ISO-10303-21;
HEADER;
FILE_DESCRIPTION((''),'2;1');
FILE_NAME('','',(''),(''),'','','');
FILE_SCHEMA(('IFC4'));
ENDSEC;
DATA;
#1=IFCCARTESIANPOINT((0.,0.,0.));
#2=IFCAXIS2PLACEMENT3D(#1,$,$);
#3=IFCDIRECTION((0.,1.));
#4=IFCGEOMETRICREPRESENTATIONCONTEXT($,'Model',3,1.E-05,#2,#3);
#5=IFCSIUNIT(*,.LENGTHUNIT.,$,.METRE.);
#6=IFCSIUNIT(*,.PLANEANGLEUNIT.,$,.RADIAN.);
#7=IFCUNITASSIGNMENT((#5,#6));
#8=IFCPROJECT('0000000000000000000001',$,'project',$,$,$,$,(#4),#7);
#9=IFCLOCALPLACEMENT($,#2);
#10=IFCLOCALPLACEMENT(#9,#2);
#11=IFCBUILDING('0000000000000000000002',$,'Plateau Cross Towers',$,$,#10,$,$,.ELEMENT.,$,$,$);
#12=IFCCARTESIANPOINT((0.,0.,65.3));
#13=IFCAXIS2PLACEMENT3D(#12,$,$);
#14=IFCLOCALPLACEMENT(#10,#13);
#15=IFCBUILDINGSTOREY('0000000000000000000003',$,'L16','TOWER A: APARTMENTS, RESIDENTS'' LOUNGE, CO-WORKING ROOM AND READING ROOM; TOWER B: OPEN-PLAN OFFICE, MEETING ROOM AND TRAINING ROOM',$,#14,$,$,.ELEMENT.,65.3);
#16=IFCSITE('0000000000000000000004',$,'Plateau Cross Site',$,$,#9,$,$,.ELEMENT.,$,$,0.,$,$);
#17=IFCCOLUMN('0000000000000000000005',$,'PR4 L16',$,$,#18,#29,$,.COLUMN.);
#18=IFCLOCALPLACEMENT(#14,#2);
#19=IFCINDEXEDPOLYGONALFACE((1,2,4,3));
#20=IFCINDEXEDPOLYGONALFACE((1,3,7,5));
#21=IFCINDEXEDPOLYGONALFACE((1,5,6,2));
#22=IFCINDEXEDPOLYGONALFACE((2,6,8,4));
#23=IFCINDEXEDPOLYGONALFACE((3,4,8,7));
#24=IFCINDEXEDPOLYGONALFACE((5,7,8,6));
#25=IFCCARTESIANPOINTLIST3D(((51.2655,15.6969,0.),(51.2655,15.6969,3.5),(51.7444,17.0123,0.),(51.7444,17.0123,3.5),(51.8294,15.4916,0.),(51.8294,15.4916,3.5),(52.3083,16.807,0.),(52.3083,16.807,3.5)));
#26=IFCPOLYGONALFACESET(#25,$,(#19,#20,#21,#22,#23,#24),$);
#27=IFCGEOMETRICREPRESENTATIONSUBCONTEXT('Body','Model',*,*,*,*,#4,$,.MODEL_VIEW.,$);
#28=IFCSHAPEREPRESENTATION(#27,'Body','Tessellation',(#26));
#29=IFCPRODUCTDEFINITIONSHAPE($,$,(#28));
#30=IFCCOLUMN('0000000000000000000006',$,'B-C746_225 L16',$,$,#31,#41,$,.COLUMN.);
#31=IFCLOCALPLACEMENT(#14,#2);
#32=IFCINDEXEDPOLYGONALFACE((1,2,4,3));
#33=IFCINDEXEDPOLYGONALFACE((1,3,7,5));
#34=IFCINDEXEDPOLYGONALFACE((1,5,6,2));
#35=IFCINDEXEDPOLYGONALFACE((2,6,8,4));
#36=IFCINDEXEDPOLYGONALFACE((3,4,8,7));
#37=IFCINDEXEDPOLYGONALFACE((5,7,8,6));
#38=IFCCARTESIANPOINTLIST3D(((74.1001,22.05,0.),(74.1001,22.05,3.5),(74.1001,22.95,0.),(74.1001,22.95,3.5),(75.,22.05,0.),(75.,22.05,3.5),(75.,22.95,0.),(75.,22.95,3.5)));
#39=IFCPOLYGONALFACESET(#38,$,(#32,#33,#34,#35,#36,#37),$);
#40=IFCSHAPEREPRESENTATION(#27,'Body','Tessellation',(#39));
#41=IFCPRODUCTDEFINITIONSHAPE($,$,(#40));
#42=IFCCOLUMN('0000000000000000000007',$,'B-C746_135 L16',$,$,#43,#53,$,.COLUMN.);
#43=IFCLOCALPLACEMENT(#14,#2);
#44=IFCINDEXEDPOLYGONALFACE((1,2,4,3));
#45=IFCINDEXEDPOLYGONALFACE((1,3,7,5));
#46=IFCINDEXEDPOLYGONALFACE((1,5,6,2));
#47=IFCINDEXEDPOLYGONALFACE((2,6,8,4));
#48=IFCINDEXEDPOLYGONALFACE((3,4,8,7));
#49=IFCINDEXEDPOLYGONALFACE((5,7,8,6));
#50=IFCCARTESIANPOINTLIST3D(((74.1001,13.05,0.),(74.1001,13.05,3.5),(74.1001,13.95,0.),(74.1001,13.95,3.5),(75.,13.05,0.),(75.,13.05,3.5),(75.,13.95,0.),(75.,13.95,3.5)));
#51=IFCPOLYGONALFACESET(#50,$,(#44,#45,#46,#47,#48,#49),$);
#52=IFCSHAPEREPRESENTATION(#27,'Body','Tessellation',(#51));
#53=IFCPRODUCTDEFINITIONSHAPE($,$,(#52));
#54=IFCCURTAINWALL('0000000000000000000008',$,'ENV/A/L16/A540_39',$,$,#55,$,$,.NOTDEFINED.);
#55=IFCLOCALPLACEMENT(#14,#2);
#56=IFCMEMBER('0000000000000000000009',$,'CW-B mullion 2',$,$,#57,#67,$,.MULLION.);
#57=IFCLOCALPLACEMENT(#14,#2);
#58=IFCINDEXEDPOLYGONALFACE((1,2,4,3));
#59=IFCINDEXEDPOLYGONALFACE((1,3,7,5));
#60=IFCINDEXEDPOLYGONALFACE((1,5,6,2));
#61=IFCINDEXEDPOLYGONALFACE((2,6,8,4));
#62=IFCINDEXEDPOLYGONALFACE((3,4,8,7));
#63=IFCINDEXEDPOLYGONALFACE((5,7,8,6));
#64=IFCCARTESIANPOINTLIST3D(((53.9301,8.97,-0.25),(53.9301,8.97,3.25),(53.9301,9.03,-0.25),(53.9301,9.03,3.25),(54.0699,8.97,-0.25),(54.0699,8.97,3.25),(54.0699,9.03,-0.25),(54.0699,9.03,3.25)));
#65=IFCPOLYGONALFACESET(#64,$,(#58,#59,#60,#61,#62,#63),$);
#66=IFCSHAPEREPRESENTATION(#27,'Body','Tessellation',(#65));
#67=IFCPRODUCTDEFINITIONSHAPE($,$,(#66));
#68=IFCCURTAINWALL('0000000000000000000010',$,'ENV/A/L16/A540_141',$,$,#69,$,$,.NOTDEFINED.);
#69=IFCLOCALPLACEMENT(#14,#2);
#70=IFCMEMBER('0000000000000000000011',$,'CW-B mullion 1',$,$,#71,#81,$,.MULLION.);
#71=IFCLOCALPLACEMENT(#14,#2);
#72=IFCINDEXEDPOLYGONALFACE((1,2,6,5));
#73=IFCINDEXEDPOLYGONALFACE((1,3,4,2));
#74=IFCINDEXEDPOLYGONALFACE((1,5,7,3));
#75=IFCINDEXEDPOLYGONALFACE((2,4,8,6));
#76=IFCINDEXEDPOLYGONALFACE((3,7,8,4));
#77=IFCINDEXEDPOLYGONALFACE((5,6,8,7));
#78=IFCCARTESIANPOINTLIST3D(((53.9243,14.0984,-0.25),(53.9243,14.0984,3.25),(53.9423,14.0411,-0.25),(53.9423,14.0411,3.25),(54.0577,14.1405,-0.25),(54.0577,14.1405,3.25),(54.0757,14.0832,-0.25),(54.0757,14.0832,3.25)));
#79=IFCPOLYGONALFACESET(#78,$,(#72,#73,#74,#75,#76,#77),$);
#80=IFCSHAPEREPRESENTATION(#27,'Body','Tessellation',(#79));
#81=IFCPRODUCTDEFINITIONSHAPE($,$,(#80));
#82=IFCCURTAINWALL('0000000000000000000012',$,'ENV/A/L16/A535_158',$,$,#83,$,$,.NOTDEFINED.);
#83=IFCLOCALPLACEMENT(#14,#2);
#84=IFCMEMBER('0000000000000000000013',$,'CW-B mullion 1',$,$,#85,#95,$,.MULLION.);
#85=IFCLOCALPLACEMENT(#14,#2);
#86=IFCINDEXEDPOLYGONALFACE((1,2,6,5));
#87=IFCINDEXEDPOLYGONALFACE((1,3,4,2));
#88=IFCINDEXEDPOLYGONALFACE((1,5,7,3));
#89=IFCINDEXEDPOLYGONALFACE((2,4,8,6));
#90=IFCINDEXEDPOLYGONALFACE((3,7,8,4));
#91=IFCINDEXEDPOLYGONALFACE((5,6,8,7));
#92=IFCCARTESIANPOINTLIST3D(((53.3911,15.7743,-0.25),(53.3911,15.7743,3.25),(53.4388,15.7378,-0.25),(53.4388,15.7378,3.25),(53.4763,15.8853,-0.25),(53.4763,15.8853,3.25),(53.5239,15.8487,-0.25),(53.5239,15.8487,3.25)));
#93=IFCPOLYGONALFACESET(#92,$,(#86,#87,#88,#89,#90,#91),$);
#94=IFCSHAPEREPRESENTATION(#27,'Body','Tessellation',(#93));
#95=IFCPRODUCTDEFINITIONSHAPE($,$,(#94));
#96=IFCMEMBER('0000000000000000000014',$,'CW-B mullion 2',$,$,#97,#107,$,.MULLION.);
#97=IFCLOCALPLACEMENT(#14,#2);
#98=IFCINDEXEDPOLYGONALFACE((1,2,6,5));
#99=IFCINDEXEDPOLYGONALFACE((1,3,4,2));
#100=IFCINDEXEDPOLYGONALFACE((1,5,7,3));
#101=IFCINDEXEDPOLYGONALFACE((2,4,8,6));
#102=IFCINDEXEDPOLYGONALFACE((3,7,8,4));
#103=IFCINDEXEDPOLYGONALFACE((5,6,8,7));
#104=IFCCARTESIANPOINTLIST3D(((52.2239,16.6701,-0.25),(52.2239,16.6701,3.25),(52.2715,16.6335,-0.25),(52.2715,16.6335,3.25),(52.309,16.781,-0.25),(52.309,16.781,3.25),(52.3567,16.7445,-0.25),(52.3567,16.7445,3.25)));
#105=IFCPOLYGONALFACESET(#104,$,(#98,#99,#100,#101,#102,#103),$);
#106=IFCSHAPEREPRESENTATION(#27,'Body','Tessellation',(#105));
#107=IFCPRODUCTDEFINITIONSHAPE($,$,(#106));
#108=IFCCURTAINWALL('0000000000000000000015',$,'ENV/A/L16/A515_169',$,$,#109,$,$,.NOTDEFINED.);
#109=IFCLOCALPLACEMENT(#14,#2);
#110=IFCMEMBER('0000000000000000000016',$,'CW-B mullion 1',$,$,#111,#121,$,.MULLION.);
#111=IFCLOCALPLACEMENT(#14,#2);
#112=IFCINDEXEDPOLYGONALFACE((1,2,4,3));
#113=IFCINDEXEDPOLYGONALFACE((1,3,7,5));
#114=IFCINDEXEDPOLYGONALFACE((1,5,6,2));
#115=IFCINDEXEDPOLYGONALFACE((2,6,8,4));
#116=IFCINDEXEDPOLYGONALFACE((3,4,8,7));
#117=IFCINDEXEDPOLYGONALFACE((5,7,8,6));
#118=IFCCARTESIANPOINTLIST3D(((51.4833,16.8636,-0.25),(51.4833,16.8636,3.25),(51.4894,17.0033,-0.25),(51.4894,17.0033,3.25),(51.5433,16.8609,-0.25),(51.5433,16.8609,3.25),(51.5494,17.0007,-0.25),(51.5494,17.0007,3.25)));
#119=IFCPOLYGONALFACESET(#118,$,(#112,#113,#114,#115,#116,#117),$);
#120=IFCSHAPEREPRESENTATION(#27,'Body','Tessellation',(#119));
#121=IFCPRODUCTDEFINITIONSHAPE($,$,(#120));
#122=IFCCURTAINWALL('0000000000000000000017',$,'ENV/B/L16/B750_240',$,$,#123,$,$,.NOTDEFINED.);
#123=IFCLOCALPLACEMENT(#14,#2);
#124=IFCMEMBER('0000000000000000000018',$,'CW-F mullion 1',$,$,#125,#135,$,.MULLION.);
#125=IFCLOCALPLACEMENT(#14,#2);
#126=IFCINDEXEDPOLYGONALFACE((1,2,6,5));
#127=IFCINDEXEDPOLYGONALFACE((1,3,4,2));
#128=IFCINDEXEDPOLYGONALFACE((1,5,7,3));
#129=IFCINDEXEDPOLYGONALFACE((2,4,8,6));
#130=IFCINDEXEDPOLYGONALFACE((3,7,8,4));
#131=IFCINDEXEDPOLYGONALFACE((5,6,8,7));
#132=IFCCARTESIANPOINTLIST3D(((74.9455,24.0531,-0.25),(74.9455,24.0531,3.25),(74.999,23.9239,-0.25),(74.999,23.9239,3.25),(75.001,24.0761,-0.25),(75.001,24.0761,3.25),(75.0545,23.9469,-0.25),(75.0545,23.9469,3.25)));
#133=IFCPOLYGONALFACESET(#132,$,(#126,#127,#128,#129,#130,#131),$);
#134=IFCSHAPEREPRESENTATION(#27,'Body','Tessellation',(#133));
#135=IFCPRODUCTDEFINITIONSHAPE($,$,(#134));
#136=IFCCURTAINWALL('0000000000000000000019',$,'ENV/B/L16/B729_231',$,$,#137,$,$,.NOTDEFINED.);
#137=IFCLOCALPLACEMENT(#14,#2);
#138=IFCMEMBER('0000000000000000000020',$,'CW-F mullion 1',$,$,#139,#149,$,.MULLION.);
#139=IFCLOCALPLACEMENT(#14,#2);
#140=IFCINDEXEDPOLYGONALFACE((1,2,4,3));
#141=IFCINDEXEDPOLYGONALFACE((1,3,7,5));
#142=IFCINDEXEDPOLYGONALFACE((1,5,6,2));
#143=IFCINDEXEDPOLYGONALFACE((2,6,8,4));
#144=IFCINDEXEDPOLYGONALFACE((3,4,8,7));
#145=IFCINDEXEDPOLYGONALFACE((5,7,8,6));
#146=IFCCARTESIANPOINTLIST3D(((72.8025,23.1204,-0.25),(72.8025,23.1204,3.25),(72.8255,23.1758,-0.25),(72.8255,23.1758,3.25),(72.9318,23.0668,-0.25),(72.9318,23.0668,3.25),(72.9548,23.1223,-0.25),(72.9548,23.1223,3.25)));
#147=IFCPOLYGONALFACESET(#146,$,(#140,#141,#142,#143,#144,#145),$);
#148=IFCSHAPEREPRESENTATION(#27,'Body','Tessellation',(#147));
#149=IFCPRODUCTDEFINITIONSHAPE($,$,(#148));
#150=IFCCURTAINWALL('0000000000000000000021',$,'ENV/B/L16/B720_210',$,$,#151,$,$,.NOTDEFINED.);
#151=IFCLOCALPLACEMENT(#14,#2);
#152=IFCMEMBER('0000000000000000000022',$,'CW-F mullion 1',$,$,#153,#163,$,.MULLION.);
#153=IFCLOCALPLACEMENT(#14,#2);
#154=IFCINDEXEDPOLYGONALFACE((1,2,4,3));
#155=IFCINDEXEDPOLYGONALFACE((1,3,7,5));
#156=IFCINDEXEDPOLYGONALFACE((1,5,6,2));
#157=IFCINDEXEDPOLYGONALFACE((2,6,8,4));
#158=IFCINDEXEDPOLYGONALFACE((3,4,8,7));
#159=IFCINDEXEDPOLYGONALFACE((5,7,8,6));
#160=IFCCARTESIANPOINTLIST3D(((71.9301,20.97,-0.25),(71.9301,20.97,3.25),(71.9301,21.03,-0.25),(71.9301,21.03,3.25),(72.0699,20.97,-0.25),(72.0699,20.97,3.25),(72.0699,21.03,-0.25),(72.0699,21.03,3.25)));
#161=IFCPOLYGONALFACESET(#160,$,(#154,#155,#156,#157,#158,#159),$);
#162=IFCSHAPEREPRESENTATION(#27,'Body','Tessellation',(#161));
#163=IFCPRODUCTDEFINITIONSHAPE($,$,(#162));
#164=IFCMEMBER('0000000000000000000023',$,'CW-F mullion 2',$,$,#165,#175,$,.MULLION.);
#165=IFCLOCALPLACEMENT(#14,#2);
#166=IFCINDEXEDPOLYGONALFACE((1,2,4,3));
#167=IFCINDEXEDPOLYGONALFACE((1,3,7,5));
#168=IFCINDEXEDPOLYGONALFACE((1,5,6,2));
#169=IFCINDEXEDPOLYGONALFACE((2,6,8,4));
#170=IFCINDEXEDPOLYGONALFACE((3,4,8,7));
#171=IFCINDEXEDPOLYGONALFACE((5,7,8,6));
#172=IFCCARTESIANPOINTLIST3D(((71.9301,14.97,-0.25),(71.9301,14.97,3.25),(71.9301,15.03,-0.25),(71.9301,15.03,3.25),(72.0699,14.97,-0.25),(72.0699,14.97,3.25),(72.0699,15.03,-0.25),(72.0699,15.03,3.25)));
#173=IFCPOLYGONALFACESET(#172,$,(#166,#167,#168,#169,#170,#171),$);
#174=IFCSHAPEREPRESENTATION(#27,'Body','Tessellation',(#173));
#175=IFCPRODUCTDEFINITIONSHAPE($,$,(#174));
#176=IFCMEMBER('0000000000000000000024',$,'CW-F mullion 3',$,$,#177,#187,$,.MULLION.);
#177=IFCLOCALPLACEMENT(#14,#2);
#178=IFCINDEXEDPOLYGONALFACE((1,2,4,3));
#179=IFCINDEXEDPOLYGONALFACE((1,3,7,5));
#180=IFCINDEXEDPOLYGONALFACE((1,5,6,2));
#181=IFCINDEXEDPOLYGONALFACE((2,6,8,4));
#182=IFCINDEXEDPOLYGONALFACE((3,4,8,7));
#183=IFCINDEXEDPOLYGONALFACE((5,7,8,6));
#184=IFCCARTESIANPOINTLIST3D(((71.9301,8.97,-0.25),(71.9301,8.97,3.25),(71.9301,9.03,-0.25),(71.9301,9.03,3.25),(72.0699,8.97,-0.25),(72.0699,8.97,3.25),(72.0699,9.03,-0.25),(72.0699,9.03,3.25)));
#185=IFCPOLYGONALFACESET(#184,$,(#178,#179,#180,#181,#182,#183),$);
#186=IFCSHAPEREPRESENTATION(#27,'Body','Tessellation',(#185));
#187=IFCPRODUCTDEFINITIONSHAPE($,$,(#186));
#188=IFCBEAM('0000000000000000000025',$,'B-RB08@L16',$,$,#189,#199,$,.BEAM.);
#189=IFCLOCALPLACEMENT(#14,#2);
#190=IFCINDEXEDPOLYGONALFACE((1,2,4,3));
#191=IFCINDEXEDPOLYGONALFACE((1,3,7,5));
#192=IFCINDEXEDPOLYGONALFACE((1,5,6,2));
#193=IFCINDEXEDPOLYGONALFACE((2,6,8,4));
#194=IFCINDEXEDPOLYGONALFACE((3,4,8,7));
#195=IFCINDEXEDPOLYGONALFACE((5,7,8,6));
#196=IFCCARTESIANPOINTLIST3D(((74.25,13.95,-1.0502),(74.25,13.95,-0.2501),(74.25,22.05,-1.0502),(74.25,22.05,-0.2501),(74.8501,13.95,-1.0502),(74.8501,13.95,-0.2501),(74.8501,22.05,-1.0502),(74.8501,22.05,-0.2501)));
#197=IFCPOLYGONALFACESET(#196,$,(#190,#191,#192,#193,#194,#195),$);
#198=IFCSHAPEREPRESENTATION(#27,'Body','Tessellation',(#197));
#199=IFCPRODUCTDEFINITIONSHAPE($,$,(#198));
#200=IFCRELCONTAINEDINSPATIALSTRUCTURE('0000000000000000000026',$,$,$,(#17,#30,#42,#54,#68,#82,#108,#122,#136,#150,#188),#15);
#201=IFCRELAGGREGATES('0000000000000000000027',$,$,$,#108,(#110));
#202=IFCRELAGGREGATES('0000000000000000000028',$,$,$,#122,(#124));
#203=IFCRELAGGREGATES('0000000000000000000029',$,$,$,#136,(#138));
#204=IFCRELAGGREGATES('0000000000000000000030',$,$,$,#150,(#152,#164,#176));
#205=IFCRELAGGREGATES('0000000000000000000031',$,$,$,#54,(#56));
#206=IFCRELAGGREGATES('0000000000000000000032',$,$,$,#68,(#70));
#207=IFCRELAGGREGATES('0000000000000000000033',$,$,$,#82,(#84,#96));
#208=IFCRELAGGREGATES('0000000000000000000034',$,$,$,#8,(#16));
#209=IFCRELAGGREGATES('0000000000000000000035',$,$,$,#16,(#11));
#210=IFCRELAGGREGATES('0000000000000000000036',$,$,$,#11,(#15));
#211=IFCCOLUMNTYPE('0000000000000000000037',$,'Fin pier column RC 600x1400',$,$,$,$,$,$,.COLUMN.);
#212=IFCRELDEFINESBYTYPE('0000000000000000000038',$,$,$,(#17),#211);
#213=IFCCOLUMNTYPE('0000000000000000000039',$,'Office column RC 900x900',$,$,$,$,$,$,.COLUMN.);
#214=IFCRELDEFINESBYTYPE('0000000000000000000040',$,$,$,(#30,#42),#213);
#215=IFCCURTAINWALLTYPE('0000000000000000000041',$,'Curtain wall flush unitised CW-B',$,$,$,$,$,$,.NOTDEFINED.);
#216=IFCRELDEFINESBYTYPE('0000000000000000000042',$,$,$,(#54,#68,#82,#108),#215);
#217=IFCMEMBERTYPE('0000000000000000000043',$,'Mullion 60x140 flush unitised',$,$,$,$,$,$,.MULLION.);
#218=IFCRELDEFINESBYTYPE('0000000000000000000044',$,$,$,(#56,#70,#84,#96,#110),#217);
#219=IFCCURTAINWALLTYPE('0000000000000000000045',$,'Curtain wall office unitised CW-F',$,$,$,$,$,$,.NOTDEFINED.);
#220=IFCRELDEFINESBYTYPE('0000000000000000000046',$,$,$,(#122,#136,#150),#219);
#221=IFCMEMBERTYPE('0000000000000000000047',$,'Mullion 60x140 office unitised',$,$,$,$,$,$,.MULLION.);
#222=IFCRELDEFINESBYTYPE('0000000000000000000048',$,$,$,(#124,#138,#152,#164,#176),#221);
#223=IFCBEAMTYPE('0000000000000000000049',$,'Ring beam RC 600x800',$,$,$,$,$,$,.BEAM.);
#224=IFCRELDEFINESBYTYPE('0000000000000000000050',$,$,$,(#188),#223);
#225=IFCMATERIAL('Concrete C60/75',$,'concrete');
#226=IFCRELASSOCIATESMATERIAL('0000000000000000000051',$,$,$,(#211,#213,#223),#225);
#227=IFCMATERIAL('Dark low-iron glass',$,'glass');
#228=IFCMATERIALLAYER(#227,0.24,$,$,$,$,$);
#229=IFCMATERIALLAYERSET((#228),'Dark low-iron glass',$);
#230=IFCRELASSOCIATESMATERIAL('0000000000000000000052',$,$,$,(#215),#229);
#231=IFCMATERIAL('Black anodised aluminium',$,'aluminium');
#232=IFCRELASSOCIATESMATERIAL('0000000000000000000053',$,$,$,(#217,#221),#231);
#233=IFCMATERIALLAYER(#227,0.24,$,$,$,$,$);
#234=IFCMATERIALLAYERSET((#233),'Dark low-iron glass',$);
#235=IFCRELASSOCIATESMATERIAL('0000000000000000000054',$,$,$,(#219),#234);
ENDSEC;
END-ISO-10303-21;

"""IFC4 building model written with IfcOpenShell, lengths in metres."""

from ifc_helpers import new_model, si_unit, direction, frame, origin, origin_2d, place, context, subcontext, project, spatial, rectangle, extrude, material, layer, layer_set, material_profile, profile_set, type_object, element, aggregate, save


model = new_model("IFC4")

# Units and contexts
model_context = context("Model", 3, precision=1e-05, world=origin(), true_north=direction((0.0, 1.0)))
body_context = subcontext(model_context, "Body", "Model", "MODEL_VIEW")
ifc_project = project(units=[si_unit("LENGTHUNIT", "METRE"), si_unit("PLANEANGLEUNIT", "RADIAN")], contexts=[model_context])

# Site, building, storey
site_placement = place(None, origin())
site = spatial("IfcSite", under=ifc_project, at=site_placement, Name="Plateau Cross Site", CompositionType="ELEMENT", RefElevation=0.0)
building_placement = place(site_placement, origin())
building = spatial("IfcBuilding", under=site, at=building_placement, Name="Plateau Cross Towers", CompositionType="ELEMENT")
storey_placement = place(building_placement, frame((0.0, 0.0, 65.3)))
storey = spatial("IfcBuildingStorey", under=building, at=storey_placement, Name="L16", Description="TOWER A: APARTMENTS, RESIDENTS' LOUNGE, CO-WORKING ROOM AND READING ROOM; TOWER B: OPEN-PLAN OFFICE, MEETING ROOM AND TRAINING ROOM", CompositionType="ELEMENT", Elevation=65.3)

# Columns
ifc_material_1 = material(Name="Concrete C60/75", Category="concrete")
ifc_material_profile_1 = material_profile(ifc_material_1, rectangle(XDim=0.6001, YDim=1.3999, at=origin_2d()), Name="RC 600x1400")
ifc_profile_set_1 = profile_set([ifc_material_profile_1], Name="Concrete C60/75")
column_type_1 = type_object("IfcColumnType", Name="Fin pier column RC 600x1400", PredefinedType="COLUMN", material=ifc_profile_set_1)
column_placement = place(storey_placement, frame((51.7869, 16.252, 0.0), z_axis=(0.0, 0.0, 1.0), x_axis=(-0.939664, 0.342098, 0.0)))
element("IfcColumn", 1, at=column_placement, inside=storey, type_object=column_type_1, Name="PR4 L16", PredefinedType="COLUMN", context=body_context, shape_type="SweptSolid", body=[
    extrude(rectangle(XDim=0.6001, YDim=1.3999, at=origin_2d()), origin(), (0.0, 0.0, 1.0), 3.5),
])
ifc_material_profile_2 = material_profile(ifc_material_1, rectangle(XDim=0.8999, YDim=0.8999, at=origin_2d()), Name="RC 900x900")
ifc_profile_set_2 = profile_set([ifc_material_profile_2], Name="Concrete C60/75")
column_type_2 = type_object("IfcColumnType", Name="Office column RC 900x900", PredefinedType="COLUMN", material=ifc_profile_set_2)
for number, where, z_axis, x_axis, name in (
    (2, (74.55, 22.5, 0.0), (0.0, 0.0, 1.0), (1.0, 0.0, 0.0), "B-C746_225 L16"),
    (3, (74.55, 13.5, 0.0), (0.0, 0.0, 1.0), (1.0, 0.0, 0.0), "B-C746_135 L16"),
):
    element("IfcColumn", number, at=place(storey_placement, frame(where, z_axis=z_axis, x_axis=x_axis)), inside=storey, type_object=column_type_2, Name=name, PredefinedType="COLUMN", context=body_context, shape_type="SweptSolid", body=[
        extrude(rectangle(XDim=0.8999, YDim=0.8999, at=origin_2d()), origin(), (0.0, 0.0, 1.0), 3.5),
    ])

# Curtain walls, members
ifc_material_2 = material(Name="Dark low-iron glass", Category="glass")
ifc_layer_1 = layer(ifc_material_2, 0.24)
ifc_layer_set_1 = layer_set([ifc_layer_1], Name="Dark low-iron glass")
curtain_wall_type_1 = type_object("IfcCurtainWallType", Name="Curtain wall flush unitised CW-B", PredefinedType="NOTDEFINED", material=ifc_layer_set_1)
curtain_wall_1_placement = place(storey_placement, origin())
curtain_wall_1 = element("IfcCurtainWall", 4, at=curtain_wall_1_placement, inside=storey, type_object=curtain_wall_type_1, Name="ENV/A/L16/A540_39", PredefinedType="NOTDEFINED")
ifc_material_3 = material(Name="Black anodised aluminium", Category="aluminium")
ifc_material_profile_3 = material_profile(ifc_material_3, rectangle(XDim=0.0601, YDim=0.1399, at=origin_2d()), Name="MULLION 60x140")
ifc_profile_set_3 = profile_set([ifc_material_profile_3], Name="Black anodised aluminium")
member_type_1 = type_object("IfcMemberType", Name="Mullion 60x140 flush unitised", PredefinedType="MULLION", material=ifc_profile_set_3)
member_1_placement = place(storey_placement, frame((54.0, 9.0, -0.25), z_axis=(0.0, 0.0, 1.0), x_axis=(0.0, 1.0, 0.0)))
member_1 = element("IfcMember", 5, at=member_1_placement, type_object=member_type_1, Name="CW-B mullion 2", PredefinedType="MULLION", context=body_context, shape_type="SweptSolid", body=[
    extrude(rectangle(XDim=0.0601, YDim=0.1399, at=origin_2d()), origin(), (0.0, 0.0, 1.0), 3.5),
])
curtain_wall_2_placement = place(storey_placement, origin())
curtain_wall_2 = element("IfcCurtainWall", 6, at=curtain_wall_2_placement, inside=storey, type_object=curtain_wall_type_1, Name="ENV/A/L16/A540_141", PredefinedType="NOTDEFINED")
member_2_placement = place(storey_placement, frame((54.0, 14.0908, -0.25), z_axis=(0.0, 0.0, 1.0), x_axis=(-0.300686, 0.953723, 0.0)))
member_2 = element("IfcMember", 7, at=member_2_placement, type_object=member_type_1, Name="CW-B mullion 1", PredefinedType="MULLION", context=body_context, shape_type="SweptSolid", body=[
    extrude(rectangle(XDim=0.0601, YDim=0.1399, at=origin_2d()), origin(), (0.0, 0.0, 1.0), 3.5),
])

# Curtain wall, members
curtain_wall_3_placement = place(storey_placement, origin())
curtain_wall_3 = element("IfcCurtainWall", 8, at=curtain_wall_3_placement, inside=storey, type_object=curtain_wall_type_1, Name="ENV/A/L16/A535_158", PredefinedType="NOTDEFINED")
member_3_placement = place(storey_placement, frame((53.4575, 15.8115, -0.25), z_axis=(0.0, 0.0, 1.0), x_axis=(-0.793316, 0.608811, 0.0)))
member_3 = element("IfcMember", 9, at=member_3_placement, type_object=member_type_1, Name="CW-B mullion 1", PredefinedType="MULLION", context=body_context, shape_type="SweptSolid", body=[
    extrude(rectangle(XDim=0.0601, YDim=0.1399, at=origin_2d()), origin(), (0.0, 0.0, 1.0), 3.5),
])
member_4_placement = place(storey_placement, frame((52.2903, 16.7073, -0.25), z_axis=(0.0, 0.0, 1.0), x_axis=(-0.793316, 0.608811, 0.0)))
member_4 = element("IfcMember", 10, at=member_4_placement, type_object=member_type_1, Name="CW-B mullion 2", PredefinedType="MULLION", context=body_context, shape_type="SweptSolid", body=[
    extrude(rectangle(XDim=0.0601, YDim=0.1399, at=origin_2d()), origin(), (0.0, 0.0, 1.0), 3.5),
])

# Curtain walls, members
curtain_wall_4_placement = place(storey_placement, origin())
curtain_wall_4 = element("IfcCurtainWall", 11, at=curtain_wall_4_placement, inside=storey, type_object=curtain_wall_type_1, Name="ENV/A/L16/A515_169", PredefinedType="NOTDEFINED")
member_5_placement = place(storey_placement, frame((51.5164, 16.9321, -0.25), z_axis=(0.0, 0.0, 1.0), x_axis=(-0.999044, 0.043723, 0.0)))
member_5 = element("IfcMember", 12, at=member_5_placement, type_object=member_type_1, Name="CW-B mullion 1", PredefinedType="MULLION", context=body_context, shape_type="SweptSolid", body=[
    extrude(rectangle(XDim=0.0601, YDim=0.1399, at=origin_2d()), origin(), (0.0, 0.0, 1.0), 3.5),
])
ifc_layer_2 = layer(ifc_material_2, 0.24)
ifc_layer_set_2 = layer_set([ifc_layer_2], Name="Dark low-iron glass")
curtain_wall_type_2 = type_object("IfcCurtainWallType", Name="Curtain wall office unitised CW-F", PredefinedType="NOTDEFINED", material=ifc_layer_set_2)
curtain_wall_5_placement = place(storey_placement, origin())
curtain_wall_5 = element("IfcCurtainWall", 13, at=curtain_wall_5_placement, inside=storey, type_object=curtain_wall_type_2, Name="ENV/B/L16/B750_240", PredefinedType="NOTDEFINED")
ifc_material_profile_4 = material_profile(ifc_material_3, rectangle(XDim=0.0601, YDim=0.1399, at=origin_2d()), Name="MULLION 60x140")
ifc_profile_set_4 = profile_set([ifc_material_profile_4], Name="Black anodised aluminium")
member_type_2 = type_object("IfcMemberType", Name="Mullion 60x140 office unitised", PredefinedType="MULLION", material=ifc_profile_set_4)
member_6_placement = place(storey_placement, frame((75.0, 24.0, -0.25), z_axis=(0.0, 0.0, 1.0), x_axis=(-0.923879, -0.382684, 0.0)))
member_6 = element("IfcMember", 14, at=member_6_placement, type_object=member_type_2, Name="CW-F mullion 1", PredefinedType="MULLION", context=body_context, shape_type="SweptSolid", body=[
    extrude(rectangle(XDim=0.0601, YDim=0.1399, at=origin_2d()), origin(), (0.0, 0.0, 1.0), 3.5),
])
curtain_wall_6_placement = place(storey_placement, origin())
curtain_wall_6 = element("IfcCurtainWall", 15, at=curtain_wall_6_placement, inside=storey, type_object=curtain_wall_type_2, Name="ENV/B/L16/B729_231", PredefinedType="NOTDEFINED")
member_7_placement = place(storey_placement, frame((72.8787, 23.1213, -0.25), z_axis=(0.0, 0.0, 1.0), x_axis=(-0.382684, -0.923879, 0.0)))
member_7 = element("IfcMember", 16, at=member_7_placement, type_object=member_type_2, Name="CW-F mullion 1", PredefinedType="MULLION", context=body_context, shape_type="SweptSolid", body=[
    extrude(rectangle(XDim=0.0601, YDim=0.1399, at=origin_2d()), origin(), (0.0, 0.0, 1.0), 3.5),
])

# Curtain wall, members
curtain_wall_7_placement = place(storey_placement, origin())
curtain_wall_7 = element("IfcCurtainWall", 17, at=curtain_wall_7_placement, inside=storey, type_object=curtain_wall_type_2, Name="ENV/B/L16/B720_210", PredefinedType="NOTDEFINED")
member_8_placement = place(storey_placement, frame((72.0, 21.0, -0.25), z_axis=(0.0, 0.0, 1.0), x_axis=(0.0, -1.0, 0.0)))
member_8 = element("IfcMember", 18, at=member_8_placement, type_object=member_type_2, Name="CW-F mullion 1", PredefinedType="MULLION", context=body_context, shape_type="SweptSolid", body=[
    extrude(rectangle(XDim=0.0601, YDim=0.1399, at=origin_2d()), origin(), (0.0, 0.0, 1.0), 3.5),
])
member_9_placement = place(storey_placement, frame((72.0, 15.0, -0.25), z_axis=(0.0, 0.0, 1.0), x_axis=(0.0, -1.0, 0.0)))
member_9 = element("IfcMember", 19, at=member_9_placement, type_object=member_type_2, Name="CW-F mullion 2", PredefinedType="MULLION", context=body_context, shape_type="SweptSolid", body=[
    extrude(rectangle(XDim=0.0601, YDim=0.1399, at=origin_2d()), origin(), (0.0, 0.0, 1.0), 3.5),
])
member_10_placement = place(storey_placement, frame((72.0, 9.0, -0.25), z_axis=(0.0, 0.0, 1.0), x_axis=(0.0, -1.0, 0.0)))
member_10 = element("IfcMember", 20, at=member_10_placement, type_object=member_type_2, Name="CW-F mullion 3", PredefinedType="MULLION", context=body_context, shape_type="SweptSolid", body=[
    extrude(rectangle(XDim=0.0601, YDim=0.1399, at=origin_2d()), origin(), (0.0, 0.0, 1.0), 3.5),
])

# Beam
ifc_material_profile_5 = material_profile(ifc_material_1, rectangle(XDim=0.6001, YDim=0.8, at=origin_2d()), Name="RC 600x800")
ifc_profile_set_5 = profile_set([ifc_material_profile_5], Name="Concrete C60/75")
beam_type = type_object("IfcBeamType", Name="Ring beam RC 600x800", PredefinedType="BEAM", material=ifc_profile_set_5)
for number, where, z_axis, x_axis, name in (
    (21, (74.55, 22.05, -0.6501), (0.0, -1.0, 0.0), (1.0, 0.0, 0.0), "B-RB08@L16"),
):
    element("IfcBeam", number, at=place(storey_placement, frame(where, z_axis=z_axis, x_axis=x_axis)), inside=storey, type_object=beam_type, Name=name, PredefinedType="BEAM", context=body_context, shape_type="SweptSolid", body=[
        extrude(rectangle(XDim=0.6001, YDim=0.8, at=origin_2d()), origin(), (0.0, 0.0, 1.0), 8.1001),
    ])

aggregate(curtain_wall_4, [member_5])

aggregate(curtain_wall_5, [member_6])
aggregate(curtain_wall_6, [member_7])
aggregate(curtain_wall_7, [member_8, member_9, member_10])
aggregate(curtain_wall_1, [member_1])
aggregate(curtain_wall_2, [member_2])
aggregate(curtain_wall_3, [member_3, member_4])

save(model, "model.ifc")
